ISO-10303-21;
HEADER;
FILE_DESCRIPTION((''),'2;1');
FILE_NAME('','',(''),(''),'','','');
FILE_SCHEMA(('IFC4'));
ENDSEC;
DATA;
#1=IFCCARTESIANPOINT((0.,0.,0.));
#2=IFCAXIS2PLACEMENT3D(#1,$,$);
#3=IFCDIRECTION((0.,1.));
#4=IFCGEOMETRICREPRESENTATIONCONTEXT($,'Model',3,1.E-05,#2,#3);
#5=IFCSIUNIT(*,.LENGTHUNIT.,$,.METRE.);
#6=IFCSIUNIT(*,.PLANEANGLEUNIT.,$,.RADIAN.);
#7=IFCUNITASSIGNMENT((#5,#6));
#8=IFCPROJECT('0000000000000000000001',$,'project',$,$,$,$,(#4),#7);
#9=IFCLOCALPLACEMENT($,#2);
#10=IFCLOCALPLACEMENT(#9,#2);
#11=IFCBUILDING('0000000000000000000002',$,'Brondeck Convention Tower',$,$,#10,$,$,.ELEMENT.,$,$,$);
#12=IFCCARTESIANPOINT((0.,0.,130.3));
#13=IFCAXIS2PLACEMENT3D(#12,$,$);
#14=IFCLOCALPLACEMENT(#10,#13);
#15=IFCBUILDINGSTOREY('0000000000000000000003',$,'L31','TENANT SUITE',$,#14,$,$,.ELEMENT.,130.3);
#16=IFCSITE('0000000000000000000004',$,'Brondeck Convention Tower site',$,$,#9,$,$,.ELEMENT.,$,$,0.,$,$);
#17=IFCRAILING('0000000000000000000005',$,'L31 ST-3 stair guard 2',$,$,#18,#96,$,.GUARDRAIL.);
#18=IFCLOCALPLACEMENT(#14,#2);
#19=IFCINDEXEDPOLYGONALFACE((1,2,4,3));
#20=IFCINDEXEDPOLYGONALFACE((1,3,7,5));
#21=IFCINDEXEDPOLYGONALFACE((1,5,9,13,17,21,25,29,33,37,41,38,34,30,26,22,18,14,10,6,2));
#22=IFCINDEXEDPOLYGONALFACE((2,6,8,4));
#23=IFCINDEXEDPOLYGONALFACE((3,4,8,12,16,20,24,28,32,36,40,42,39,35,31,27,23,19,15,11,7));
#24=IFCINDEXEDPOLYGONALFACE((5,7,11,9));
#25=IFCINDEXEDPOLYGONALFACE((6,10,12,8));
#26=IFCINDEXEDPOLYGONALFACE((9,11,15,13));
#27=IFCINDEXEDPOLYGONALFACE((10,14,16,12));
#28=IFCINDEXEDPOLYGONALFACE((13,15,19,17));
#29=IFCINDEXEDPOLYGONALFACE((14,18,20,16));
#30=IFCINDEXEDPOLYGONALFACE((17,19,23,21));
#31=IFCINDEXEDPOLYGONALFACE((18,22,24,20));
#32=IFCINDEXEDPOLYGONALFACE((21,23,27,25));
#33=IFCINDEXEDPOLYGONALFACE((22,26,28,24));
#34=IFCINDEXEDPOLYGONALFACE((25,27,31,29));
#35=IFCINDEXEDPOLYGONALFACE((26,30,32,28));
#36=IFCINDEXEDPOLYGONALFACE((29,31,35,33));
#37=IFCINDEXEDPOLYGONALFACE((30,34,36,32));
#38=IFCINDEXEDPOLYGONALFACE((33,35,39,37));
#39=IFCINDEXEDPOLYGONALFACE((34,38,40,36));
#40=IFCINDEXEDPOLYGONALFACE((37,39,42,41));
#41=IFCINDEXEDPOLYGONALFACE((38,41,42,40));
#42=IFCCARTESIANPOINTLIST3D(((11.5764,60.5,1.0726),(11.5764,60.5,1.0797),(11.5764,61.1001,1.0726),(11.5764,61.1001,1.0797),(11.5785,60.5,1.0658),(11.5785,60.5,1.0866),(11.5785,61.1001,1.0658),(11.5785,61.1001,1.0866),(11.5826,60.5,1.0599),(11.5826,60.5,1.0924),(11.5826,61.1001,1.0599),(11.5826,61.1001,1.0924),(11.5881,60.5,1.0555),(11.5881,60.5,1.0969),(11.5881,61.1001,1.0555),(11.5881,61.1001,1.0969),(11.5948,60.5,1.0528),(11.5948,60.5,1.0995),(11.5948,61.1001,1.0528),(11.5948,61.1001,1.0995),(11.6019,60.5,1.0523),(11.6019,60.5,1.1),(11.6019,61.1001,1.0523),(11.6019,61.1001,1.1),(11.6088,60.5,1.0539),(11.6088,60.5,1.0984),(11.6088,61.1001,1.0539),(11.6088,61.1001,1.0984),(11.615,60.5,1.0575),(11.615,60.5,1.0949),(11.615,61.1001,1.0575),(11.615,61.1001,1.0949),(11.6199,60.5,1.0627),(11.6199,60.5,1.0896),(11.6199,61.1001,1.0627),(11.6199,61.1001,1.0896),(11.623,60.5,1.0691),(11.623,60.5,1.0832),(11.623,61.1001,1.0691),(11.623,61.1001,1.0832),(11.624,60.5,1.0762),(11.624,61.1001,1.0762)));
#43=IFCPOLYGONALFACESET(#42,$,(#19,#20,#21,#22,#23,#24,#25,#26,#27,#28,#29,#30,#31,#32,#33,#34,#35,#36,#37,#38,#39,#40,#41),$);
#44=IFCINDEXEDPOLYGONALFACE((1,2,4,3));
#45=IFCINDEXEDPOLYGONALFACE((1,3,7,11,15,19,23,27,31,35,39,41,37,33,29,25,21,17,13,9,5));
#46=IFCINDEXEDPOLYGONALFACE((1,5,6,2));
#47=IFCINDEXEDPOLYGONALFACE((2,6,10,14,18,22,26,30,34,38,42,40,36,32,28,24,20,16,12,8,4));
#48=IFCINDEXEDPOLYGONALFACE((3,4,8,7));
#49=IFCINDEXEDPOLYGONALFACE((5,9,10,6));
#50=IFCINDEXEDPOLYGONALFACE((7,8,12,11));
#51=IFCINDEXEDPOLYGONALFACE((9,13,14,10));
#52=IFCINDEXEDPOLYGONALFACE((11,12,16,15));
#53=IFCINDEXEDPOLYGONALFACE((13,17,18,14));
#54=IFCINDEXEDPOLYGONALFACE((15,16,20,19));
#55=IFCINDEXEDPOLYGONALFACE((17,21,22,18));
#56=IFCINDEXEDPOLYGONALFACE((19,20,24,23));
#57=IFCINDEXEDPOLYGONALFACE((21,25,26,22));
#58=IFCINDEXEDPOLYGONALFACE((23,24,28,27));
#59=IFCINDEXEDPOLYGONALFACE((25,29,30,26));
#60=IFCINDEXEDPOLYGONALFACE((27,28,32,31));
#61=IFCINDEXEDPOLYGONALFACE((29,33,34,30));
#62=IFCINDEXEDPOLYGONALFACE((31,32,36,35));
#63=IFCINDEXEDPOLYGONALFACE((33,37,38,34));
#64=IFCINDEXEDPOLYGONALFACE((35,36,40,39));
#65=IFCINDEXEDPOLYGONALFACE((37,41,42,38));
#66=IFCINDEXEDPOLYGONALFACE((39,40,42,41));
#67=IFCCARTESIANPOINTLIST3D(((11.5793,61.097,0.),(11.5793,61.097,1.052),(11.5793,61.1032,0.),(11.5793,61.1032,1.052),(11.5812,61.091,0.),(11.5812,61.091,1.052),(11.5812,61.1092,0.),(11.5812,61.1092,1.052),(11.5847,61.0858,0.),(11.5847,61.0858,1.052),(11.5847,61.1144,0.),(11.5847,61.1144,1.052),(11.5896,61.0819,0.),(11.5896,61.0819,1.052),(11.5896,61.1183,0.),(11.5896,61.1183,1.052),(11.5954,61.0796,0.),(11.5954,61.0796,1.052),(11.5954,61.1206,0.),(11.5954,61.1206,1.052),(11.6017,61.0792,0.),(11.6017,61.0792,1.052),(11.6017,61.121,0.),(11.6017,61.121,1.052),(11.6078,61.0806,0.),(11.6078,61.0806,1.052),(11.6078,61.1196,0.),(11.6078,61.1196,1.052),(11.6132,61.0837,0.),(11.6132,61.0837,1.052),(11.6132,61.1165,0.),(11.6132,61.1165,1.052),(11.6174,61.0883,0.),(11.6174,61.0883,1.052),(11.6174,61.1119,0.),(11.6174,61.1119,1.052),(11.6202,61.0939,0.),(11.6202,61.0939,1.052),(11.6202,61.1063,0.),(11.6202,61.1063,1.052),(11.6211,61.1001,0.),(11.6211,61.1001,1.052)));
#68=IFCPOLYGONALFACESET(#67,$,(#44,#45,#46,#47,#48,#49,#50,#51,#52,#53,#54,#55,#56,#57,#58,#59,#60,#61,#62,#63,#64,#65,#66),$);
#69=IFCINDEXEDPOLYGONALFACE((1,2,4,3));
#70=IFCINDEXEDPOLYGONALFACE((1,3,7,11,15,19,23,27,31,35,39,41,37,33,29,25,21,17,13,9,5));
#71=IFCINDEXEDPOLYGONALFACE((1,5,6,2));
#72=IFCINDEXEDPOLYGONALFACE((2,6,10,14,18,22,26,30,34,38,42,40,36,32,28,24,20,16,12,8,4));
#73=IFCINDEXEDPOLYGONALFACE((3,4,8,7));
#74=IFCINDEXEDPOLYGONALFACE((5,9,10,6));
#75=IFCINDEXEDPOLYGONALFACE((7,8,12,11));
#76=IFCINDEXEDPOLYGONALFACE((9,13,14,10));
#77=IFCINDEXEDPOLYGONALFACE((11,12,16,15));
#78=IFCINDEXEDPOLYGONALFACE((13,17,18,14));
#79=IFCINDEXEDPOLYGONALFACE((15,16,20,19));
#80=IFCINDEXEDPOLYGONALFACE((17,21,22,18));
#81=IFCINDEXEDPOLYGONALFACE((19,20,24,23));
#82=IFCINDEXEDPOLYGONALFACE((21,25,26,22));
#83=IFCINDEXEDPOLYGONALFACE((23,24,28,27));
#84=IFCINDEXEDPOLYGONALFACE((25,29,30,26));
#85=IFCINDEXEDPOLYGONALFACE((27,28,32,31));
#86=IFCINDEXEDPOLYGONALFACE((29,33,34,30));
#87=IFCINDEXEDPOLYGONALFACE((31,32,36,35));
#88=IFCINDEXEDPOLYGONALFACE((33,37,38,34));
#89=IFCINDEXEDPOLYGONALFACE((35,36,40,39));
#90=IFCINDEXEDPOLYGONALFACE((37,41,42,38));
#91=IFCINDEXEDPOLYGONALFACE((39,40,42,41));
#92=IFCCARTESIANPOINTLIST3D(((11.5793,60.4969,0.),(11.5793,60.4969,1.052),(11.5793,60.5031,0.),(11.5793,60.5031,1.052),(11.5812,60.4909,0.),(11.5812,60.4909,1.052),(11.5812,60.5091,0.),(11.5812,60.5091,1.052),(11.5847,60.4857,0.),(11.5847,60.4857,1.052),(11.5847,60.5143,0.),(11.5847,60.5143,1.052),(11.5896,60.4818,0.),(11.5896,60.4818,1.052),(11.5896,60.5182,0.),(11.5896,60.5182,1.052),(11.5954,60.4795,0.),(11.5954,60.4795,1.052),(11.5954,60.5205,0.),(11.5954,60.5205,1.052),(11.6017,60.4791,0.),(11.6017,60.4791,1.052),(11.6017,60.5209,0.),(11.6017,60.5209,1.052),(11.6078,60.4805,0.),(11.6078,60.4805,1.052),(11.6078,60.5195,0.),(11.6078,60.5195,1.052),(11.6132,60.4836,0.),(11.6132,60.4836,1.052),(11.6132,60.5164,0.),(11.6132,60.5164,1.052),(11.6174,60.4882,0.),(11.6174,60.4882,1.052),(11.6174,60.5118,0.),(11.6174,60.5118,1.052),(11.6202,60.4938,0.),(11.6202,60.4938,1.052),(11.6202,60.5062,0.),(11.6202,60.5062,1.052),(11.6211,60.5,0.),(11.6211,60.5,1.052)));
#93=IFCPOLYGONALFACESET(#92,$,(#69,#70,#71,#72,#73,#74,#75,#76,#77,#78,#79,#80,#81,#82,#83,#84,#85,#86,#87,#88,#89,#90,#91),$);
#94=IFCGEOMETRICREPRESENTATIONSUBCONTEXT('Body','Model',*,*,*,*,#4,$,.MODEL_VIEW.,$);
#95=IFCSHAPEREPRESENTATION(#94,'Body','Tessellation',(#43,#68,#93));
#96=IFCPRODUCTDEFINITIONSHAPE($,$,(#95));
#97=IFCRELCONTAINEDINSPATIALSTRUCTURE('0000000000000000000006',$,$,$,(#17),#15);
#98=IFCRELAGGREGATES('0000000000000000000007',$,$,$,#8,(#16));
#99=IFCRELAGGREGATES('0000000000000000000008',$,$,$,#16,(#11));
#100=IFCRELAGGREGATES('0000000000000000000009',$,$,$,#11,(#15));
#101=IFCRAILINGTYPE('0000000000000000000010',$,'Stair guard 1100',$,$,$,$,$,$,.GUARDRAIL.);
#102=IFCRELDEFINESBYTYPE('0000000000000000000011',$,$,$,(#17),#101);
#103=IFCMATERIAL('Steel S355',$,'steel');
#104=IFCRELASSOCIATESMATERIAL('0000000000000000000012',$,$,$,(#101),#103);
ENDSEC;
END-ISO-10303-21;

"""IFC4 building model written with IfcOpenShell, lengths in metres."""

from ifc_helpers import new_model, si_unit, direction, frame, origin, origin_2d, place, context, subcontext, project, spatial, circle, extrude, material, type_object, element, save


model = new_model("IFC4")

# Units and contexts
model_context = context("Model", 3, precision=1e-05, world=origin(), true_north=direction((0.0, 1.0)))
body_context = subcontext(model_context, "Body", "Model", "MODEL_VIEW")
ifc_project = project(units=[si_unit("LENGTHUNIT", "METRE"), si_unit("PLANEANGLEUNIT", "RADIAN")], contexts=[model_context])

# Site, building, storey
site_placement = place(None, origin())
site = spatial("IfcSite", under=ifc_project, at=site_placement, Name="Brondeck Convention Tower site", CompositionType="ELEMENT", RefElevation=0.0)
building_placement = place(site_placement, origin())
building = spatial("IfcBuilding", under=site, at=building_placement, Name="Brondeck Convention Tower", CompositionType="ELEMENT")
storey_placement = place(building_placement, frame((0.0, 0.0, 130.3)))
storey = spatial("IfcBuildingStorey", under=building, at=storey_placement, Name="L31", Description="TENANT SUITE", CompositionType="ELEMENT", Elevation=130.3)

# Railing
ifc_material_1 = material(Name="Steel S355", Category="steel")
railing_type_1 = type_object("IfcRailingType", Name="Stair guard 1100", PredefinedType="GUARDRAIL", material=ifc_material_1)
railing_1_placement = place(storey_placement, frame((11.6001, 61.1001, 0.0)))
element("IfcRailing", 1, at=railing_1_placement, inside=storey, type_object=railing_type_1, Name="L31 ST-3 stair guard 2", PredefinedType="GUARDRAIL", context=body_context, shape_type="SweptSolid", body=[
    extrude(circle(Radius=0.0239, at=origin_2d()), frame((0.0, 0.0, 1.0762), z_axis=(0.0, -1.0, 0.0), x_axis=(1.0, 0.0, 0.0)), (0.0, 0.0, 1.0), 0.6001),
    extrude(circle(Radius=0.021, at=origin_2d()), origin(), (0.0, 0.0, 1.0), 1.052),
    extrude(circle(Radius=0.021, at=origin_2d()), frame((0.0, -0.6001, 0.0)), (0.0, 0.0, 1.0), 1.052),
])

save(model, "model.ifc")
